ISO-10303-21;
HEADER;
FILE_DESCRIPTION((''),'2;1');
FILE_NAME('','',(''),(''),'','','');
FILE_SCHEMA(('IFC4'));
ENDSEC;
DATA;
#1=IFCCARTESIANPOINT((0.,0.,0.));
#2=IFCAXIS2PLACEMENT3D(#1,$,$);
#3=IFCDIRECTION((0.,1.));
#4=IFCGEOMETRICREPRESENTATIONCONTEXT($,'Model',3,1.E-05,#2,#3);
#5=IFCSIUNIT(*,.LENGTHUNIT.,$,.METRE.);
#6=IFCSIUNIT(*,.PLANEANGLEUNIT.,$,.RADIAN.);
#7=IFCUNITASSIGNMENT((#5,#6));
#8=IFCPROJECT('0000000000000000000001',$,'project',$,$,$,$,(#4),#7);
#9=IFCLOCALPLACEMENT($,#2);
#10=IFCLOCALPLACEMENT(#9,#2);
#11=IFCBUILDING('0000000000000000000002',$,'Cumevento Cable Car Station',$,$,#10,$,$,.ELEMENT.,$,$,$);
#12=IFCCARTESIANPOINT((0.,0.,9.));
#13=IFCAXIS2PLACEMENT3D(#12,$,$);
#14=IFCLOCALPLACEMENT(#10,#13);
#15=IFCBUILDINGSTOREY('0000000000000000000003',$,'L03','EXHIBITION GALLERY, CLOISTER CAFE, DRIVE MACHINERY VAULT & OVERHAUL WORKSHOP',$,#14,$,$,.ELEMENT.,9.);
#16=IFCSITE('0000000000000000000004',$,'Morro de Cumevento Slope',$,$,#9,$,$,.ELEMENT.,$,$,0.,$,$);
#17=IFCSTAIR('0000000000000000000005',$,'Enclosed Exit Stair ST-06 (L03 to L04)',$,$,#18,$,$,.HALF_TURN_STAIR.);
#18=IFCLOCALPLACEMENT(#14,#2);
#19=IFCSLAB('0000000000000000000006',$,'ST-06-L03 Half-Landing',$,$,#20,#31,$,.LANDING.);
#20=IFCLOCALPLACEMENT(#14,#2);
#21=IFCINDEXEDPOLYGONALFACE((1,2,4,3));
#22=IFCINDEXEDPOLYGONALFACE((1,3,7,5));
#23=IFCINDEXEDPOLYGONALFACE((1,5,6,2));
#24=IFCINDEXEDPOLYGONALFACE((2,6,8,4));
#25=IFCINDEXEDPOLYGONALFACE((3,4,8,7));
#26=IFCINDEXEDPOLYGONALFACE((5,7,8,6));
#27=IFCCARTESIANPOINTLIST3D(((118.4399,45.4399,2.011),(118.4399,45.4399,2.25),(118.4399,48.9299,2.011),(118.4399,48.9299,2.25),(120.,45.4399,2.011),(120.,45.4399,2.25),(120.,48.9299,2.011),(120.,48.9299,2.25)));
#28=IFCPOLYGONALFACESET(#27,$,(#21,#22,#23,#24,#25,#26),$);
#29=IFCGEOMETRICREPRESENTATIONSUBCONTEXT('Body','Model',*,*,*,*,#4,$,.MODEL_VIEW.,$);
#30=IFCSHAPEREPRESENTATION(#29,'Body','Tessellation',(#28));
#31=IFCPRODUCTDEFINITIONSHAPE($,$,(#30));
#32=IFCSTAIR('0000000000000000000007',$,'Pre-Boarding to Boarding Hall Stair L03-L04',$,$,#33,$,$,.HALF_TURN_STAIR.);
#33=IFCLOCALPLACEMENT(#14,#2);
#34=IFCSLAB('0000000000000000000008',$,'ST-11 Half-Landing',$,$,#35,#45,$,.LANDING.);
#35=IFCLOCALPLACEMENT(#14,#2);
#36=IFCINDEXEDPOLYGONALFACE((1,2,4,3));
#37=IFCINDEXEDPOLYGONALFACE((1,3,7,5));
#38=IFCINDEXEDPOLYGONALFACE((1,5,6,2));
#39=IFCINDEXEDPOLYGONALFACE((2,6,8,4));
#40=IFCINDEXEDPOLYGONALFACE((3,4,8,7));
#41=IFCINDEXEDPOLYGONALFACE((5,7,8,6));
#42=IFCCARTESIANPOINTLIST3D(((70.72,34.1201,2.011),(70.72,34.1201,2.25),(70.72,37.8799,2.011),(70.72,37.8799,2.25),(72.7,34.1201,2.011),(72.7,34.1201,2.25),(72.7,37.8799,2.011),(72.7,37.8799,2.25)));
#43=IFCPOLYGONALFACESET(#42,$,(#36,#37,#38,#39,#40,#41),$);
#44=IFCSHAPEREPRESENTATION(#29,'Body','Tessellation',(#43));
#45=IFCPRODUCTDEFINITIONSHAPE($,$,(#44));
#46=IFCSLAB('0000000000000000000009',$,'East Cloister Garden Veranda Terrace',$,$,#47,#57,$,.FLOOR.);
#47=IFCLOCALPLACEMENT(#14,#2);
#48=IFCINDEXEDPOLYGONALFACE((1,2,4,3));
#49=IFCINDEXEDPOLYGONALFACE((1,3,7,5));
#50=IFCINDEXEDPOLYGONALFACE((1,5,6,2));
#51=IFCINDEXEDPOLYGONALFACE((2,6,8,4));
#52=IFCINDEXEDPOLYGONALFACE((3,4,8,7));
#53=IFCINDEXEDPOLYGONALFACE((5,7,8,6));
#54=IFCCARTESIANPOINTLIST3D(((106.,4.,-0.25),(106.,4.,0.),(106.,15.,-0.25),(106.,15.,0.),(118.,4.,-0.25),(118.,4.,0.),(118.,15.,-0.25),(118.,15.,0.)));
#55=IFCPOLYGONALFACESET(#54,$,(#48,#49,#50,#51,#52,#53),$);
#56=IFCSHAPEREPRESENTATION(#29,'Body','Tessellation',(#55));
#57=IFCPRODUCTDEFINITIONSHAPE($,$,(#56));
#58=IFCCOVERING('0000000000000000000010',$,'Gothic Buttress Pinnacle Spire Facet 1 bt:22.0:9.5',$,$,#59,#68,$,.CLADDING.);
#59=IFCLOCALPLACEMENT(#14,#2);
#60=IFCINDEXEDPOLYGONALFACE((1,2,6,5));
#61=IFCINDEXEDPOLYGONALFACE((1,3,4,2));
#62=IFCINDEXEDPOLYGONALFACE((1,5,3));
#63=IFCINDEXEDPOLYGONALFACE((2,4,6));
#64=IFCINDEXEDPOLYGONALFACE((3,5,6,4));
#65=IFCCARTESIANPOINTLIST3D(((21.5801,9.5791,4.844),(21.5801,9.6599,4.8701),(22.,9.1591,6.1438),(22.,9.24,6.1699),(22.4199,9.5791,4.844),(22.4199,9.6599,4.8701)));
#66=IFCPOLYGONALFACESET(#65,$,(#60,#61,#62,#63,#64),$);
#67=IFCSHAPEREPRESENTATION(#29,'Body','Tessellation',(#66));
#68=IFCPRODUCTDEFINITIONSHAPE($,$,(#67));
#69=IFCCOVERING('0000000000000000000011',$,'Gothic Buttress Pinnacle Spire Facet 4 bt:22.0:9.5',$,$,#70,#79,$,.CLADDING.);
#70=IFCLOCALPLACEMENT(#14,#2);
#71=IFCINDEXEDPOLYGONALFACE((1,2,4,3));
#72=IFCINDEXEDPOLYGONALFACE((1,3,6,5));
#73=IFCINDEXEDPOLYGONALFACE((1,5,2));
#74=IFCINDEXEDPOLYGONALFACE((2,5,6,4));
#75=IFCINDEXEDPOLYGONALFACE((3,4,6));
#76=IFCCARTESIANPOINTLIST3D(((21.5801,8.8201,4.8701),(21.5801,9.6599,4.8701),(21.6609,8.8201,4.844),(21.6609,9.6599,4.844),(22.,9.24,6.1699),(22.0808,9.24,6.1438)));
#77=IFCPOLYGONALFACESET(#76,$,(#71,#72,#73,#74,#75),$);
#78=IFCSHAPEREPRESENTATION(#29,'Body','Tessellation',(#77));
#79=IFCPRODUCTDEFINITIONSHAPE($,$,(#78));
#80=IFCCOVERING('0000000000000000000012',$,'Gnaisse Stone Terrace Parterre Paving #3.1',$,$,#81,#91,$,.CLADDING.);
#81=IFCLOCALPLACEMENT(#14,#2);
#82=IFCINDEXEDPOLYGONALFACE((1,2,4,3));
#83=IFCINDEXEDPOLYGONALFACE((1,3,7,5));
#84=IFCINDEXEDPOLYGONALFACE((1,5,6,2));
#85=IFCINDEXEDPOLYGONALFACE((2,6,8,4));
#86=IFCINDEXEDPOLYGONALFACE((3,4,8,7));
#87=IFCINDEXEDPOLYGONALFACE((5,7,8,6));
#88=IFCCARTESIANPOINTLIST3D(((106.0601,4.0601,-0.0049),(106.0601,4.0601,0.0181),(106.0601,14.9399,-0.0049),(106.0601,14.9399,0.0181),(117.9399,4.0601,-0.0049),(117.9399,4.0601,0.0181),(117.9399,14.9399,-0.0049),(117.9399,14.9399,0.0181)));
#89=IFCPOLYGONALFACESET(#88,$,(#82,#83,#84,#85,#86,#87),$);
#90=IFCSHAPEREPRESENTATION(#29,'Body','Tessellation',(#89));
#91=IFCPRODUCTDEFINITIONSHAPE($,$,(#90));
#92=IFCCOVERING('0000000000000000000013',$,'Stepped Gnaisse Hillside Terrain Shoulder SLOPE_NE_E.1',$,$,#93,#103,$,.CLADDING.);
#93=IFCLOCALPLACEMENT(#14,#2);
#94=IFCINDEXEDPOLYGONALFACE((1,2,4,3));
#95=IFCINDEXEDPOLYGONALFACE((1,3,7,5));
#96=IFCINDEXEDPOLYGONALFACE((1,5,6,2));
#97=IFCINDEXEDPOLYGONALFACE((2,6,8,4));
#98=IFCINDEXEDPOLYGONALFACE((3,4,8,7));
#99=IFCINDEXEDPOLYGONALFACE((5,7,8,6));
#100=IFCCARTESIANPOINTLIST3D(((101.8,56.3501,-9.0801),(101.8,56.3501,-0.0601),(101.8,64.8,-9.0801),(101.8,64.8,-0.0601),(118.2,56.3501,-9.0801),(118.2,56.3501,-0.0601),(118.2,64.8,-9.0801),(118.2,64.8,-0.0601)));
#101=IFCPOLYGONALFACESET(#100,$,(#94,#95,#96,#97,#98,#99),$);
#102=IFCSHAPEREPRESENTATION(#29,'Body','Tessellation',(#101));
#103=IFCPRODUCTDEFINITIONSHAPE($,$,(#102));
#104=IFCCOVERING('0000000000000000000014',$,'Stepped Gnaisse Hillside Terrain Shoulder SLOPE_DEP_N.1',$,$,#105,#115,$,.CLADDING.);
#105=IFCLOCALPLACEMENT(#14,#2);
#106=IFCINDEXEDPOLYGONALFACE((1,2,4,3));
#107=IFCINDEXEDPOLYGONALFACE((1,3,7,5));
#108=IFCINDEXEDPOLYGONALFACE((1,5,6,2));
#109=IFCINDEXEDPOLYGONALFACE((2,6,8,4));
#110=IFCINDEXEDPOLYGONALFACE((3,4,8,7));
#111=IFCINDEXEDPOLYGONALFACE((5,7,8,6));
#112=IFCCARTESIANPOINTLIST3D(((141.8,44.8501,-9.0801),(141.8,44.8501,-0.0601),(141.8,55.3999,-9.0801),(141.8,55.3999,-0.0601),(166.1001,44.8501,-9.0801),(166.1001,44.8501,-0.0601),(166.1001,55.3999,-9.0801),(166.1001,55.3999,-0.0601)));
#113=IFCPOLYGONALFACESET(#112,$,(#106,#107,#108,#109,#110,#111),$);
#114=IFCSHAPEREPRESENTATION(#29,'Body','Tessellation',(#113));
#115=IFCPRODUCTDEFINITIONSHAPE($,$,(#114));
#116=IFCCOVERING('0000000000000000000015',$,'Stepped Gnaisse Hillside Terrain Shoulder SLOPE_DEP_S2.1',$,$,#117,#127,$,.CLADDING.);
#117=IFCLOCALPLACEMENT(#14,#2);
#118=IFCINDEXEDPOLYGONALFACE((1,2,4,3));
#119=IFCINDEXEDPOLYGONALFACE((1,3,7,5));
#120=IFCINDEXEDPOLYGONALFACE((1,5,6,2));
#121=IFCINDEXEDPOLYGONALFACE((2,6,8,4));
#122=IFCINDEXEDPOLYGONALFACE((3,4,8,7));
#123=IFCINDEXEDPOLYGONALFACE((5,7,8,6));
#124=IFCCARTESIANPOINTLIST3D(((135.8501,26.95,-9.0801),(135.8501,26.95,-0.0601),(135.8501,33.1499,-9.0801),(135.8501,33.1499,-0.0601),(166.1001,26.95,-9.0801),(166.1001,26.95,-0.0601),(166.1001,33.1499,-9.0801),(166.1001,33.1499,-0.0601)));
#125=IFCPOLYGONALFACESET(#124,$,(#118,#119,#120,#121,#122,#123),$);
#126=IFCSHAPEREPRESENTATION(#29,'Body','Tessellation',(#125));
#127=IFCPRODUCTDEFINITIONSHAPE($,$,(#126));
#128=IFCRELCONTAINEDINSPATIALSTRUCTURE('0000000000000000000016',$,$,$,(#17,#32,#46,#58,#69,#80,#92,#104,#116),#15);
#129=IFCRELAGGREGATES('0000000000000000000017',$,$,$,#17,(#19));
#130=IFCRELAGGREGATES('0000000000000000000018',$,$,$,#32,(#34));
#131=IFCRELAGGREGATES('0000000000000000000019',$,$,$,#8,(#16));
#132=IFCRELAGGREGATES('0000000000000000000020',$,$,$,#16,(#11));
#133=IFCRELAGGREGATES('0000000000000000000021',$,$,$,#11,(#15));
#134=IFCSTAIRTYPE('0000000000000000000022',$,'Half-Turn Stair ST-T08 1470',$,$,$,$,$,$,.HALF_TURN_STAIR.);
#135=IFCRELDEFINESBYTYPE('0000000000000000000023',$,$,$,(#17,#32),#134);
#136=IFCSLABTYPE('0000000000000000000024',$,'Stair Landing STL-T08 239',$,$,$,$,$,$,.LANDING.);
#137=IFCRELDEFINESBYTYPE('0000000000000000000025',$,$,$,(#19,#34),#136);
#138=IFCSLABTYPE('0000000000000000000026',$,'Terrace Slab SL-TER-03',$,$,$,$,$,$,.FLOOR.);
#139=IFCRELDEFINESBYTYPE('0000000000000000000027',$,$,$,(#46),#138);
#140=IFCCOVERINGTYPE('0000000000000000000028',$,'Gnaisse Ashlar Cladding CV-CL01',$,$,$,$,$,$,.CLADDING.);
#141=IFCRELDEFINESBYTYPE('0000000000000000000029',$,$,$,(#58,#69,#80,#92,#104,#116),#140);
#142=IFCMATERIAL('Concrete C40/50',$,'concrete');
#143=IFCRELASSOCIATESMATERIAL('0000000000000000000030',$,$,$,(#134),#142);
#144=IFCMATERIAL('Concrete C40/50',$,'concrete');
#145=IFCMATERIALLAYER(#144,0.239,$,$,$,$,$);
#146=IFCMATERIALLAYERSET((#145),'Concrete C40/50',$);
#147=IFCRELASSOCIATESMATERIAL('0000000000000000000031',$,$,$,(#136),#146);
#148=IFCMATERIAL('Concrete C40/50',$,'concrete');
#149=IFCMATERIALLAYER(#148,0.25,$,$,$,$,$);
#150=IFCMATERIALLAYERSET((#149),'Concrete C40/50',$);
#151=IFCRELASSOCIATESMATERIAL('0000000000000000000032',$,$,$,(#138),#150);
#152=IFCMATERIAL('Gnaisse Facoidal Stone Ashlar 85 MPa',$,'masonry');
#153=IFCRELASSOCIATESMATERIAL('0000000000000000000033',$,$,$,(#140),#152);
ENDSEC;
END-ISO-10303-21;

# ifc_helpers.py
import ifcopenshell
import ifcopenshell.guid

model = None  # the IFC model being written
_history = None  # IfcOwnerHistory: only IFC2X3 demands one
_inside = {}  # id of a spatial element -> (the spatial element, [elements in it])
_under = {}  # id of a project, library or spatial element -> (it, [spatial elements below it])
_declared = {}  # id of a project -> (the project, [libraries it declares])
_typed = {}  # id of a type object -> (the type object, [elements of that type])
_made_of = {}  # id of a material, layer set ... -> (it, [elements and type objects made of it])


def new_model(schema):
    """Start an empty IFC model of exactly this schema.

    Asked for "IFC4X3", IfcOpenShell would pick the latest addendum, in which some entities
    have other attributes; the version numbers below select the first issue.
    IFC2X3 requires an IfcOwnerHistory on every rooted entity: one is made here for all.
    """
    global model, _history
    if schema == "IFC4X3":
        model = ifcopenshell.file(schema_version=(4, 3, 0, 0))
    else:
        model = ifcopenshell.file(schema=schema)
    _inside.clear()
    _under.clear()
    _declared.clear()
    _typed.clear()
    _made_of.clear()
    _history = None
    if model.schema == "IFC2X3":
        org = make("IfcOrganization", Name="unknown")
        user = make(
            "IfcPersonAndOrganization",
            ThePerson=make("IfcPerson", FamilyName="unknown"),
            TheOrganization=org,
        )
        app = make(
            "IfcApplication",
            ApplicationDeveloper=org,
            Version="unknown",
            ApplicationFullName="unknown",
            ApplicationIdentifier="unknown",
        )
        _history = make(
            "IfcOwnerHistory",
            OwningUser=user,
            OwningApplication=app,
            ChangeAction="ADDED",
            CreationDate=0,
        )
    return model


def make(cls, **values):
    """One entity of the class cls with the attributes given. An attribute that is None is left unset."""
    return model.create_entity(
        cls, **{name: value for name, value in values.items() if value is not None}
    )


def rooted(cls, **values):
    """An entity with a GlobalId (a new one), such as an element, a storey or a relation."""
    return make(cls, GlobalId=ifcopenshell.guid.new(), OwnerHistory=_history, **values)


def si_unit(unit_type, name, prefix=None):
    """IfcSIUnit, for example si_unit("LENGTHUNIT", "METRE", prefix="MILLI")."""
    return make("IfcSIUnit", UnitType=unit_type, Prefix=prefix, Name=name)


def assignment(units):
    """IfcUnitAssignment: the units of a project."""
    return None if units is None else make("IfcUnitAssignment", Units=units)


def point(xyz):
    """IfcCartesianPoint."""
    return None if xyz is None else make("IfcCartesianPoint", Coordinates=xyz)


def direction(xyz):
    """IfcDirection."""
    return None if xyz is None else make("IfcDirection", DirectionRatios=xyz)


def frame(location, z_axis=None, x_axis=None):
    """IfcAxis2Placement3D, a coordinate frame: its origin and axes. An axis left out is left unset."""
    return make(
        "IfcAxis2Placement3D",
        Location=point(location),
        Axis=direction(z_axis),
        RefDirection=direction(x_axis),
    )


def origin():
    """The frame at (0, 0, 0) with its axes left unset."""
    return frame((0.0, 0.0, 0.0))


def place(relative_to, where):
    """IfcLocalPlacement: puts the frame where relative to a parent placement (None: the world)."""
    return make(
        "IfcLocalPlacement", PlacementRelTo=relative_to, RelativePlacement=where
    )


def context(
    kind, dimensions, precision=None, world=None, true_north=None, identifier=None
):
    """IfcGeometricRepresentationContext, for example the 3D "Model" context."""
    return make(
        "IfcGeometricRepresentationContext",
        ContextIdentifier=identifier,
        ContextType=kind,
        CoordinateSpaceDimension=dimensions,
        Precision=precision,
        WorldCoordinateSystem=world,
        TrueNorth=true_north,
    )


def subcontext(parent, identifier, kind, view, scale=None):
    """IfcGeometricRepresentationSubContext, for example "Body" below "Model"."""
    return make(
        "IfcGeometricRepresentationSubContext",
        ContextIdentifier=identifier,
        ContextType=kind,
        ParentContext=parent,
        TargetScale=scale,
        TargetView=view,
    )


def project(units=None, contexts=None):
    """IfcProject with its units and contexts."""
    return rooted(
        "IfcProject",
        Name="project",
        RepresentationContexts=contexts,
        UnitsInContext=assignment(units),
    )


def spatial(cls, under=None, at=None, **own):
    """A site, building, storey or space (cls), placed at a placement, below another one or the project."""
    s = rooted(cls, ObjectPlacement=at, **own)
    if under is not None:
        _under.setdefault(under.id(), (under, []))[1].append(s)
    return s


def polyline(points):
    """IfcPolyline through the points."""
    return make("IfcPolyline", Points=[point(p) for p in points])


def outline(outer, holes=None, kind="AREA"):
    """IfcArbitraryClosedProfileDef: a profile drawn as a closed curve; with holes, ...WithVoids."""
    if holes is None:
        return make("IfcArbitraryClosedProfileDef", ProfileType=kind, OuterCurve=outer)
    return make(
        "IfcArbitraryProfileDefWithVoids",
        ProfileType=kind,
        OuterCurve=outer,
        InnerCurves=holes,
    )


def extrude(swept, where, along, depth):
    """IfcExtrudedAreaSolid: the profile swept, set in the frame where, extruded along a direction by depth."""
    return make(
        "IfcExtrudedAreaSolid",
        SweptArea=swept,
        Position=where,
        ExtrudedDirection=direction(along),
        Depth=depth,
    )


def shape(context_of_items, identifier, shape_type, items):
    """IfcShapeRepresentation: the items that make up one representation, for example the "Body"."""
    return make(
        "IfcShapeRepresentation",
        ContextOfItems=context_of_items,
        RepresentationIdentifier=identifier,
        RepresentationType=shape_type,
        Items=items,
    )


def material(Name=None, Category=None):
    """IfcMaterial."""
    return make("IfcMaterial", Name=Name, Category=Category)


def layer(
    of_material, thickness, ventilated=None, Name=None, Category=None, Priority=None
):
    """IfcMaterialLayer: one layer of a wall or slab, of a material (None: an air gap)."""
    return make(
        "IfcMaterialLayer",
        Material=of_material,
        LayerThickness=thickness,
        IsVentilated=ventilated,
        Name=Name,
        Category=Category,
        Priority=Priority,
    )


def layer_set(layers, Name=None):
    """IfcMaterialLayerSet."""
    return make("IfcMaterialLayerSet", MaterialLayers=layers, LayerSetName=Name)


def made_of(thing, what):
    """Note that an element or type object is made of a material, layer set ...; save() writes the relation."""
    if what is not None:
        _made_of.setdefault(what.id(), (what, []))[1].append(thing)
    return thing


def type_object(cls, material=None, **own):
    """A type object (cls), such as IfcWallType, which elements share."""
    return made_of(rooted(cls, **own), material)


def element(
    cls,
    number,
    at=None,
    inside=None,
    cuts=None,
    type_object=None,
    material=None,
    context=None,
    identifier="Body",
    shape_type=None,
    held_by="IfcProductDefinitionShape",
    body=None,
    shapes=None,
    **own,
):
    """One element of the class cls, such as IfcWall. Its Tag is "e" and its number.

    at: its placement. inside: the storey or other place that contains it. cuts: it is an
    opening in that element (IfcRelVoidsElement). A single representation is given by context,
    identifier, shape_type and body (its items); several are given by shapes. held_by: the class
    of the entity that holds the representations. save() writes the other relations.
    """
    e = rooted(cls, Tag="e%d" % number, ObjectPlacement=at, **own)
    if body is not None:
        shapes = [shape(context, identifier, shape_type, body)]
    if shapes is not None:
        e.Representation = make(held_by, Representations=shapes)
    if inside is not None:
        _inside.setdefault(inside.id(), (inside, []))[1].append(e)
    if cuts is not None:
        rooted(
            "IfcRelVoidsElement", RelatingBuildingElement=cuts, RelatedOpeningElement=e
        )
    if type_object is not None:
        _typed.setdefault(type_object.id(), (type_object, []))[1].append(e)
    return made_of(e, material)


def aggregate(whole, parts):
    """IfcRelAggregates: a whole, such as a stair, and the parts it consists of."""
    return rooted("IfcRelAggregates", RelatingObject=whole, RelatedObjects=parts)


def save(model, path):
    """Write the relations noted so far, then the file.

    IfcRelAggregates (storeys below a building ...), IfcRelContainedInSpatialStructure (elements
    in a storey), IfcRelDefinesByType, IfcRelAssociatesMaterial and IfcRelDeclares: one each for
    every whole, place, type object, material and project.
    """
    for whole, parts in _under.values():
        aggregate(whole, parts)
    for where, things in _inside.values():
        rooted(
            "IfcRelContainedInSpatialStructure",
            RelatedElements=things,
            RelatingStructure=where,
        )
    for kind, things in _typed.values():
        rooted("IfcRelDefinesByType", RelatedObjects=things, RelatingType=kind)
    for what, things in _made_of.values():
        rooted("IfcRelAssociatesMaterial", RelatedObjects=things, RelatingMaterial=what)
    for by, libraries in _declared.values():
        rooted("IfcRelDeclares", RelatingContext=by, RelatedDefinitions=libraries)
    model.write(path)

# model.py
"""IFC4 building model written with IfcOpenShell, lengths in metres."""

from ifc_helpers import new_model, si_unit, direction, frame, origin, place, context, subcontext, project, spatial, polyline, outline, extrude, material, layer, layer_set, type_object, element, aggregate, save


model = new_model("IFC4")

# Units and contexts
model_context = context("Model", 3, precision=1e-05, world=origin(), true_north=direction((0.0, 1.0)))
body_context = subcontext(model_context, "Body", "Model", "MODEL_VIEW")
ifc_project = project(units=[si_unit("LENGTHUNIT", "METRE"), si_unit("PLANEANGLEUNIT", "RADIAN")], contexts=[model_context])

# Site, building, storey
site_placement = place(None, origin())
site = spatial("IfcSite", under=ifc_project, at=site_placement, Name="Morro de Cumevento Slope", CompositionType="ELEMENT", RefElevation=0.0)
building_placement = place(site_placement, origin())
building = spatial("IfcBuilding", under=site, at=building_placement, Name="Cumevento Cable Car Station", CompositionType="ELEMENT")
storey_placement = place(building_placement, frame((0.0, 0.0, 9.0)))
storey = spatial("IfcBuildingStorey", under=building, at=storey_placement, Name="L03", Description="EXHIBITION GALLERY, CLOISTER CAFE, DRIVE MACHINERY VAULT & OVERHAUL WORKSHOP", CompositionType="ELEMENT", Elevation=9.0)

# Stairs, slabs
ifc_material_1 = material(Name="Concrete C40/50", Category="concrete")
stair_type_1 = type_object("IfcStairType", Name="Half-Turn Stair ST-T08 1470", PredefinedType="HALF_TURN_STAIR", material=ifc_material_1)
stair_1_placement = place(storey_placement, origin())
stair_1 = element("IfcStair", 1, at=stair_1_placement, inside=storey, type_object=stair_type_1, Name="Enclosed Exit Stair ST-06 (L03 to L04)", PredefinedType="HALF_TURN_STAIR")
ifc_material_2 = material(Name="Concrete C40/50", Category="concrete")
ifc_layer_1 = layer(ifc_material_2, 0.239)
ifc_layer_set_1 = layer_set([ifc_layer_1], Name="Concrete C40/50")
slab_type_1 = type_object("IfcSlabType", Name="Stair Landing STL-T08 239", PredefinedType="LANDING", material=ifc_layer_set_1)
slab_1_placement = place(storey_placement, frame((0.0, 0.0, 2.011)))
slab_1 = element("IfcSlab", 2, at=slab_1_placement, type_object=slab_type_1, Name="ST-06-L03 Half-Landing", PredefinedType="LANDING", context=body_context, shape_type="SweptSolid", body=[
    extrude(outline(polyline([(118.4399, 45.4399), (120.0, 45.4399), (120.0, 48.9299), (118.4399, 48.9299), (118.4399, 45.4399)])), origin(), (0.0, 0.0, 1.0), 0.239),
])
aggregate(stair_1, [slab_1])
stair_2_placement = place(storey_placement, origin())
stair_2 = element("IfcStair", 3, at=stair_2_placement, inside=storey, type_object=stair_type_1, Name="Pre-Boarding to Boarding Hall Stair L03-L04", PredefinedType="HALF_TURN_STAIR")
slab_2_placement = place(storey_placement, frame((0.0, 0.0, 2.011)))
slab_2 = element("IfcSlab", 4, at=slab_2_placement, type_object=slab_type_1, Name="ST-11 Half-Landing", PredefinedType="LANDING", context=body_context, shape_type="SweptSolid", body=[
    extrude(outline(polyline([(70.72, 34.1201), (72.7, 34.1201), (72.7, 37.8799), (70.72, 37.8799), (70.72, 34.1201)])), origin(), (0.0, 0.0, 1.0), 0.239),
])
aggregate(stair_2, [slab_2])

# Slab
ifc_material_3 = material(Name="Concrete C40/50", Category="concrete")
ifc_layer_2 = layer(ifc_material_3, 0.25)
ifc_layer_set_2 = layer_set([ifc_layer_2], Name="Concrete C40/50")
slab_type_2 = type_object("IfcSlabType", Name="Terrace Slab SL-TER-03", PredefinedType="FLOOR", material=ifc_layer_set_2)
slab_3_placement = place(storey_placement, frame((0.0, 0.0, -0.25)))
element("IfcSlab", 5, at=slab_3_placement, inside=storey, type_object=slab_type_2, Name="East Cloister Garden Veranda Terrace", PredefinedType="FLOOR", context=body_context, shape_type="SweptSolid", body=[
    extrude(outline(polyline([(106.0, 4.0), (118.0, 4.0), (118.0, 15.0), (106.0, 15.0), (106.0, 4.0)])), origin(), (0.0, 0.0, 1.0), 0.25),
])

# Coverings
ifc_material_4 = material(Name="Gnaisse Facoidal Stone Ashlar 85 MPa", Category="masonry")
covering_type = type_object("IfcCoveringType", Name="Gnaisse Ashlar Cladding CV-CL01", PredefinedType="CLADDING", material=ifc_material_4)
for number, where, z_axis, x_axis, name in (
    (6, (21.5801, 9.6599, 4.8701), (0.0, 0.951574, 0.307421), (1.0, 0.0, 0.0), "Gothic Buttress Pinnacle Spire Facet 1 bt:22.0:9.5"),
    (7, (21.5801, 8.8201, 4.8701), (-0.951574, 0.0, 0.307421), (0.0, 1.0, 0.0), "Gothic Buttress Pinnacle Spire Facet 4 bt:22.0:9.5"),
):
    element("IfcCovering", number, at=place(storey_placement, frame(where, z_axis=z_axis, x_axis=x_axis)), inside=storey, type_object=covering_type, Name=name, PredefinedType="CLADDING", context=body_context, shape_type="SweptSolid", body=[
        extrude(outline(polyline([(0.0, 0.0), (0.8398, 0.0), (0.4199, -1.366), (0.0, 0.0)])), origin(), (0.0, 0.0, -1.0), 0.085),
    ])
covering_1_placement = place(storey_placement, frame((0.0, 0.0, -0.0049)))
element("IfcCovering", 8, at=covering_1_placement, inside=storey, type_object=covering_type, Name="Gnaisse Stone Terrace Parterre Paving #3.1", PredefinedType="CLADDING", context=body_context, shape_type="SweptSolid", body=[
    extrude(outline(polyline([(106.0601, 14.9399), (117.9399, 14.9399), (117.9399, 4.0601), (106.0601, 4.0601), (106.0601, 14.9399)])), origin(), (0.0, 0.0, 1.0), 0.0229),
])
covering_2_placement = place(storey_placement, frame((0.0, 0.0, -9.0801)))
element("IfcCovering", 9, at=covering_2_placement, inside=storey, type_object=covering_type, Name="Stepped Gnaisse Hillside Terrain Shoulder SLOPE_NE_E.1", PredefinedType="CLADDING", context=body_context, shape_type="SweptSolid", body=[
    extrude(outline(polyline([(101.8, 56.3501), (101.8, 64.8), (118.2, 64.8), (118.2, 56.3501), (101.8, 56.3501)])), origin(), (0.0, 0.0, 1.0), 9.02),
])
covering_3_placement = place(storey_placement, frame((0.0, 0.0, -9.0801)))
element("IfcCovering", 10, at=covering_3_placement, inside=storey, type_object=covering_type, Name="Stepped Gnaisse Hillside Terrain Shoulder SLOPE_DEP_N.1", PredefinedType="CLADDING", context=body_context, shape_type="SweptSolid", body=[
    extrude(outline(polyline([(141.8, 44.8501), (141.8, 55.3999), (166.1001, 55.3999), (166.1001, 44.8501), (141.8, 44.8501)])), origin(), (0.0, 0.0, 1.0), 9.02),
])
covering_4_placement = place(storey_placement, frame((0.0, 0.0, -9.0801)))
element("IfcCovering", 11, at=covering_4_placement, inside=storey, type_object=covering_type, Name="Stepped Gnaisse Hillside Terrain Shoulder SLOPE_DEP_S2.1", PredefinedType="CLADDING", context=body_context, shape_type="SweptSolid", body=[
    extrude(outline(polyline([(135.8501, 26.95), (135.8501, 33.1499), (166.1001, 33.1499), (166.1001, 26.95), (135.8501, 26.95)])), origin(), (0.0, 0.0, 1.0), 9.02),
])

save(model, "model.ifc")
